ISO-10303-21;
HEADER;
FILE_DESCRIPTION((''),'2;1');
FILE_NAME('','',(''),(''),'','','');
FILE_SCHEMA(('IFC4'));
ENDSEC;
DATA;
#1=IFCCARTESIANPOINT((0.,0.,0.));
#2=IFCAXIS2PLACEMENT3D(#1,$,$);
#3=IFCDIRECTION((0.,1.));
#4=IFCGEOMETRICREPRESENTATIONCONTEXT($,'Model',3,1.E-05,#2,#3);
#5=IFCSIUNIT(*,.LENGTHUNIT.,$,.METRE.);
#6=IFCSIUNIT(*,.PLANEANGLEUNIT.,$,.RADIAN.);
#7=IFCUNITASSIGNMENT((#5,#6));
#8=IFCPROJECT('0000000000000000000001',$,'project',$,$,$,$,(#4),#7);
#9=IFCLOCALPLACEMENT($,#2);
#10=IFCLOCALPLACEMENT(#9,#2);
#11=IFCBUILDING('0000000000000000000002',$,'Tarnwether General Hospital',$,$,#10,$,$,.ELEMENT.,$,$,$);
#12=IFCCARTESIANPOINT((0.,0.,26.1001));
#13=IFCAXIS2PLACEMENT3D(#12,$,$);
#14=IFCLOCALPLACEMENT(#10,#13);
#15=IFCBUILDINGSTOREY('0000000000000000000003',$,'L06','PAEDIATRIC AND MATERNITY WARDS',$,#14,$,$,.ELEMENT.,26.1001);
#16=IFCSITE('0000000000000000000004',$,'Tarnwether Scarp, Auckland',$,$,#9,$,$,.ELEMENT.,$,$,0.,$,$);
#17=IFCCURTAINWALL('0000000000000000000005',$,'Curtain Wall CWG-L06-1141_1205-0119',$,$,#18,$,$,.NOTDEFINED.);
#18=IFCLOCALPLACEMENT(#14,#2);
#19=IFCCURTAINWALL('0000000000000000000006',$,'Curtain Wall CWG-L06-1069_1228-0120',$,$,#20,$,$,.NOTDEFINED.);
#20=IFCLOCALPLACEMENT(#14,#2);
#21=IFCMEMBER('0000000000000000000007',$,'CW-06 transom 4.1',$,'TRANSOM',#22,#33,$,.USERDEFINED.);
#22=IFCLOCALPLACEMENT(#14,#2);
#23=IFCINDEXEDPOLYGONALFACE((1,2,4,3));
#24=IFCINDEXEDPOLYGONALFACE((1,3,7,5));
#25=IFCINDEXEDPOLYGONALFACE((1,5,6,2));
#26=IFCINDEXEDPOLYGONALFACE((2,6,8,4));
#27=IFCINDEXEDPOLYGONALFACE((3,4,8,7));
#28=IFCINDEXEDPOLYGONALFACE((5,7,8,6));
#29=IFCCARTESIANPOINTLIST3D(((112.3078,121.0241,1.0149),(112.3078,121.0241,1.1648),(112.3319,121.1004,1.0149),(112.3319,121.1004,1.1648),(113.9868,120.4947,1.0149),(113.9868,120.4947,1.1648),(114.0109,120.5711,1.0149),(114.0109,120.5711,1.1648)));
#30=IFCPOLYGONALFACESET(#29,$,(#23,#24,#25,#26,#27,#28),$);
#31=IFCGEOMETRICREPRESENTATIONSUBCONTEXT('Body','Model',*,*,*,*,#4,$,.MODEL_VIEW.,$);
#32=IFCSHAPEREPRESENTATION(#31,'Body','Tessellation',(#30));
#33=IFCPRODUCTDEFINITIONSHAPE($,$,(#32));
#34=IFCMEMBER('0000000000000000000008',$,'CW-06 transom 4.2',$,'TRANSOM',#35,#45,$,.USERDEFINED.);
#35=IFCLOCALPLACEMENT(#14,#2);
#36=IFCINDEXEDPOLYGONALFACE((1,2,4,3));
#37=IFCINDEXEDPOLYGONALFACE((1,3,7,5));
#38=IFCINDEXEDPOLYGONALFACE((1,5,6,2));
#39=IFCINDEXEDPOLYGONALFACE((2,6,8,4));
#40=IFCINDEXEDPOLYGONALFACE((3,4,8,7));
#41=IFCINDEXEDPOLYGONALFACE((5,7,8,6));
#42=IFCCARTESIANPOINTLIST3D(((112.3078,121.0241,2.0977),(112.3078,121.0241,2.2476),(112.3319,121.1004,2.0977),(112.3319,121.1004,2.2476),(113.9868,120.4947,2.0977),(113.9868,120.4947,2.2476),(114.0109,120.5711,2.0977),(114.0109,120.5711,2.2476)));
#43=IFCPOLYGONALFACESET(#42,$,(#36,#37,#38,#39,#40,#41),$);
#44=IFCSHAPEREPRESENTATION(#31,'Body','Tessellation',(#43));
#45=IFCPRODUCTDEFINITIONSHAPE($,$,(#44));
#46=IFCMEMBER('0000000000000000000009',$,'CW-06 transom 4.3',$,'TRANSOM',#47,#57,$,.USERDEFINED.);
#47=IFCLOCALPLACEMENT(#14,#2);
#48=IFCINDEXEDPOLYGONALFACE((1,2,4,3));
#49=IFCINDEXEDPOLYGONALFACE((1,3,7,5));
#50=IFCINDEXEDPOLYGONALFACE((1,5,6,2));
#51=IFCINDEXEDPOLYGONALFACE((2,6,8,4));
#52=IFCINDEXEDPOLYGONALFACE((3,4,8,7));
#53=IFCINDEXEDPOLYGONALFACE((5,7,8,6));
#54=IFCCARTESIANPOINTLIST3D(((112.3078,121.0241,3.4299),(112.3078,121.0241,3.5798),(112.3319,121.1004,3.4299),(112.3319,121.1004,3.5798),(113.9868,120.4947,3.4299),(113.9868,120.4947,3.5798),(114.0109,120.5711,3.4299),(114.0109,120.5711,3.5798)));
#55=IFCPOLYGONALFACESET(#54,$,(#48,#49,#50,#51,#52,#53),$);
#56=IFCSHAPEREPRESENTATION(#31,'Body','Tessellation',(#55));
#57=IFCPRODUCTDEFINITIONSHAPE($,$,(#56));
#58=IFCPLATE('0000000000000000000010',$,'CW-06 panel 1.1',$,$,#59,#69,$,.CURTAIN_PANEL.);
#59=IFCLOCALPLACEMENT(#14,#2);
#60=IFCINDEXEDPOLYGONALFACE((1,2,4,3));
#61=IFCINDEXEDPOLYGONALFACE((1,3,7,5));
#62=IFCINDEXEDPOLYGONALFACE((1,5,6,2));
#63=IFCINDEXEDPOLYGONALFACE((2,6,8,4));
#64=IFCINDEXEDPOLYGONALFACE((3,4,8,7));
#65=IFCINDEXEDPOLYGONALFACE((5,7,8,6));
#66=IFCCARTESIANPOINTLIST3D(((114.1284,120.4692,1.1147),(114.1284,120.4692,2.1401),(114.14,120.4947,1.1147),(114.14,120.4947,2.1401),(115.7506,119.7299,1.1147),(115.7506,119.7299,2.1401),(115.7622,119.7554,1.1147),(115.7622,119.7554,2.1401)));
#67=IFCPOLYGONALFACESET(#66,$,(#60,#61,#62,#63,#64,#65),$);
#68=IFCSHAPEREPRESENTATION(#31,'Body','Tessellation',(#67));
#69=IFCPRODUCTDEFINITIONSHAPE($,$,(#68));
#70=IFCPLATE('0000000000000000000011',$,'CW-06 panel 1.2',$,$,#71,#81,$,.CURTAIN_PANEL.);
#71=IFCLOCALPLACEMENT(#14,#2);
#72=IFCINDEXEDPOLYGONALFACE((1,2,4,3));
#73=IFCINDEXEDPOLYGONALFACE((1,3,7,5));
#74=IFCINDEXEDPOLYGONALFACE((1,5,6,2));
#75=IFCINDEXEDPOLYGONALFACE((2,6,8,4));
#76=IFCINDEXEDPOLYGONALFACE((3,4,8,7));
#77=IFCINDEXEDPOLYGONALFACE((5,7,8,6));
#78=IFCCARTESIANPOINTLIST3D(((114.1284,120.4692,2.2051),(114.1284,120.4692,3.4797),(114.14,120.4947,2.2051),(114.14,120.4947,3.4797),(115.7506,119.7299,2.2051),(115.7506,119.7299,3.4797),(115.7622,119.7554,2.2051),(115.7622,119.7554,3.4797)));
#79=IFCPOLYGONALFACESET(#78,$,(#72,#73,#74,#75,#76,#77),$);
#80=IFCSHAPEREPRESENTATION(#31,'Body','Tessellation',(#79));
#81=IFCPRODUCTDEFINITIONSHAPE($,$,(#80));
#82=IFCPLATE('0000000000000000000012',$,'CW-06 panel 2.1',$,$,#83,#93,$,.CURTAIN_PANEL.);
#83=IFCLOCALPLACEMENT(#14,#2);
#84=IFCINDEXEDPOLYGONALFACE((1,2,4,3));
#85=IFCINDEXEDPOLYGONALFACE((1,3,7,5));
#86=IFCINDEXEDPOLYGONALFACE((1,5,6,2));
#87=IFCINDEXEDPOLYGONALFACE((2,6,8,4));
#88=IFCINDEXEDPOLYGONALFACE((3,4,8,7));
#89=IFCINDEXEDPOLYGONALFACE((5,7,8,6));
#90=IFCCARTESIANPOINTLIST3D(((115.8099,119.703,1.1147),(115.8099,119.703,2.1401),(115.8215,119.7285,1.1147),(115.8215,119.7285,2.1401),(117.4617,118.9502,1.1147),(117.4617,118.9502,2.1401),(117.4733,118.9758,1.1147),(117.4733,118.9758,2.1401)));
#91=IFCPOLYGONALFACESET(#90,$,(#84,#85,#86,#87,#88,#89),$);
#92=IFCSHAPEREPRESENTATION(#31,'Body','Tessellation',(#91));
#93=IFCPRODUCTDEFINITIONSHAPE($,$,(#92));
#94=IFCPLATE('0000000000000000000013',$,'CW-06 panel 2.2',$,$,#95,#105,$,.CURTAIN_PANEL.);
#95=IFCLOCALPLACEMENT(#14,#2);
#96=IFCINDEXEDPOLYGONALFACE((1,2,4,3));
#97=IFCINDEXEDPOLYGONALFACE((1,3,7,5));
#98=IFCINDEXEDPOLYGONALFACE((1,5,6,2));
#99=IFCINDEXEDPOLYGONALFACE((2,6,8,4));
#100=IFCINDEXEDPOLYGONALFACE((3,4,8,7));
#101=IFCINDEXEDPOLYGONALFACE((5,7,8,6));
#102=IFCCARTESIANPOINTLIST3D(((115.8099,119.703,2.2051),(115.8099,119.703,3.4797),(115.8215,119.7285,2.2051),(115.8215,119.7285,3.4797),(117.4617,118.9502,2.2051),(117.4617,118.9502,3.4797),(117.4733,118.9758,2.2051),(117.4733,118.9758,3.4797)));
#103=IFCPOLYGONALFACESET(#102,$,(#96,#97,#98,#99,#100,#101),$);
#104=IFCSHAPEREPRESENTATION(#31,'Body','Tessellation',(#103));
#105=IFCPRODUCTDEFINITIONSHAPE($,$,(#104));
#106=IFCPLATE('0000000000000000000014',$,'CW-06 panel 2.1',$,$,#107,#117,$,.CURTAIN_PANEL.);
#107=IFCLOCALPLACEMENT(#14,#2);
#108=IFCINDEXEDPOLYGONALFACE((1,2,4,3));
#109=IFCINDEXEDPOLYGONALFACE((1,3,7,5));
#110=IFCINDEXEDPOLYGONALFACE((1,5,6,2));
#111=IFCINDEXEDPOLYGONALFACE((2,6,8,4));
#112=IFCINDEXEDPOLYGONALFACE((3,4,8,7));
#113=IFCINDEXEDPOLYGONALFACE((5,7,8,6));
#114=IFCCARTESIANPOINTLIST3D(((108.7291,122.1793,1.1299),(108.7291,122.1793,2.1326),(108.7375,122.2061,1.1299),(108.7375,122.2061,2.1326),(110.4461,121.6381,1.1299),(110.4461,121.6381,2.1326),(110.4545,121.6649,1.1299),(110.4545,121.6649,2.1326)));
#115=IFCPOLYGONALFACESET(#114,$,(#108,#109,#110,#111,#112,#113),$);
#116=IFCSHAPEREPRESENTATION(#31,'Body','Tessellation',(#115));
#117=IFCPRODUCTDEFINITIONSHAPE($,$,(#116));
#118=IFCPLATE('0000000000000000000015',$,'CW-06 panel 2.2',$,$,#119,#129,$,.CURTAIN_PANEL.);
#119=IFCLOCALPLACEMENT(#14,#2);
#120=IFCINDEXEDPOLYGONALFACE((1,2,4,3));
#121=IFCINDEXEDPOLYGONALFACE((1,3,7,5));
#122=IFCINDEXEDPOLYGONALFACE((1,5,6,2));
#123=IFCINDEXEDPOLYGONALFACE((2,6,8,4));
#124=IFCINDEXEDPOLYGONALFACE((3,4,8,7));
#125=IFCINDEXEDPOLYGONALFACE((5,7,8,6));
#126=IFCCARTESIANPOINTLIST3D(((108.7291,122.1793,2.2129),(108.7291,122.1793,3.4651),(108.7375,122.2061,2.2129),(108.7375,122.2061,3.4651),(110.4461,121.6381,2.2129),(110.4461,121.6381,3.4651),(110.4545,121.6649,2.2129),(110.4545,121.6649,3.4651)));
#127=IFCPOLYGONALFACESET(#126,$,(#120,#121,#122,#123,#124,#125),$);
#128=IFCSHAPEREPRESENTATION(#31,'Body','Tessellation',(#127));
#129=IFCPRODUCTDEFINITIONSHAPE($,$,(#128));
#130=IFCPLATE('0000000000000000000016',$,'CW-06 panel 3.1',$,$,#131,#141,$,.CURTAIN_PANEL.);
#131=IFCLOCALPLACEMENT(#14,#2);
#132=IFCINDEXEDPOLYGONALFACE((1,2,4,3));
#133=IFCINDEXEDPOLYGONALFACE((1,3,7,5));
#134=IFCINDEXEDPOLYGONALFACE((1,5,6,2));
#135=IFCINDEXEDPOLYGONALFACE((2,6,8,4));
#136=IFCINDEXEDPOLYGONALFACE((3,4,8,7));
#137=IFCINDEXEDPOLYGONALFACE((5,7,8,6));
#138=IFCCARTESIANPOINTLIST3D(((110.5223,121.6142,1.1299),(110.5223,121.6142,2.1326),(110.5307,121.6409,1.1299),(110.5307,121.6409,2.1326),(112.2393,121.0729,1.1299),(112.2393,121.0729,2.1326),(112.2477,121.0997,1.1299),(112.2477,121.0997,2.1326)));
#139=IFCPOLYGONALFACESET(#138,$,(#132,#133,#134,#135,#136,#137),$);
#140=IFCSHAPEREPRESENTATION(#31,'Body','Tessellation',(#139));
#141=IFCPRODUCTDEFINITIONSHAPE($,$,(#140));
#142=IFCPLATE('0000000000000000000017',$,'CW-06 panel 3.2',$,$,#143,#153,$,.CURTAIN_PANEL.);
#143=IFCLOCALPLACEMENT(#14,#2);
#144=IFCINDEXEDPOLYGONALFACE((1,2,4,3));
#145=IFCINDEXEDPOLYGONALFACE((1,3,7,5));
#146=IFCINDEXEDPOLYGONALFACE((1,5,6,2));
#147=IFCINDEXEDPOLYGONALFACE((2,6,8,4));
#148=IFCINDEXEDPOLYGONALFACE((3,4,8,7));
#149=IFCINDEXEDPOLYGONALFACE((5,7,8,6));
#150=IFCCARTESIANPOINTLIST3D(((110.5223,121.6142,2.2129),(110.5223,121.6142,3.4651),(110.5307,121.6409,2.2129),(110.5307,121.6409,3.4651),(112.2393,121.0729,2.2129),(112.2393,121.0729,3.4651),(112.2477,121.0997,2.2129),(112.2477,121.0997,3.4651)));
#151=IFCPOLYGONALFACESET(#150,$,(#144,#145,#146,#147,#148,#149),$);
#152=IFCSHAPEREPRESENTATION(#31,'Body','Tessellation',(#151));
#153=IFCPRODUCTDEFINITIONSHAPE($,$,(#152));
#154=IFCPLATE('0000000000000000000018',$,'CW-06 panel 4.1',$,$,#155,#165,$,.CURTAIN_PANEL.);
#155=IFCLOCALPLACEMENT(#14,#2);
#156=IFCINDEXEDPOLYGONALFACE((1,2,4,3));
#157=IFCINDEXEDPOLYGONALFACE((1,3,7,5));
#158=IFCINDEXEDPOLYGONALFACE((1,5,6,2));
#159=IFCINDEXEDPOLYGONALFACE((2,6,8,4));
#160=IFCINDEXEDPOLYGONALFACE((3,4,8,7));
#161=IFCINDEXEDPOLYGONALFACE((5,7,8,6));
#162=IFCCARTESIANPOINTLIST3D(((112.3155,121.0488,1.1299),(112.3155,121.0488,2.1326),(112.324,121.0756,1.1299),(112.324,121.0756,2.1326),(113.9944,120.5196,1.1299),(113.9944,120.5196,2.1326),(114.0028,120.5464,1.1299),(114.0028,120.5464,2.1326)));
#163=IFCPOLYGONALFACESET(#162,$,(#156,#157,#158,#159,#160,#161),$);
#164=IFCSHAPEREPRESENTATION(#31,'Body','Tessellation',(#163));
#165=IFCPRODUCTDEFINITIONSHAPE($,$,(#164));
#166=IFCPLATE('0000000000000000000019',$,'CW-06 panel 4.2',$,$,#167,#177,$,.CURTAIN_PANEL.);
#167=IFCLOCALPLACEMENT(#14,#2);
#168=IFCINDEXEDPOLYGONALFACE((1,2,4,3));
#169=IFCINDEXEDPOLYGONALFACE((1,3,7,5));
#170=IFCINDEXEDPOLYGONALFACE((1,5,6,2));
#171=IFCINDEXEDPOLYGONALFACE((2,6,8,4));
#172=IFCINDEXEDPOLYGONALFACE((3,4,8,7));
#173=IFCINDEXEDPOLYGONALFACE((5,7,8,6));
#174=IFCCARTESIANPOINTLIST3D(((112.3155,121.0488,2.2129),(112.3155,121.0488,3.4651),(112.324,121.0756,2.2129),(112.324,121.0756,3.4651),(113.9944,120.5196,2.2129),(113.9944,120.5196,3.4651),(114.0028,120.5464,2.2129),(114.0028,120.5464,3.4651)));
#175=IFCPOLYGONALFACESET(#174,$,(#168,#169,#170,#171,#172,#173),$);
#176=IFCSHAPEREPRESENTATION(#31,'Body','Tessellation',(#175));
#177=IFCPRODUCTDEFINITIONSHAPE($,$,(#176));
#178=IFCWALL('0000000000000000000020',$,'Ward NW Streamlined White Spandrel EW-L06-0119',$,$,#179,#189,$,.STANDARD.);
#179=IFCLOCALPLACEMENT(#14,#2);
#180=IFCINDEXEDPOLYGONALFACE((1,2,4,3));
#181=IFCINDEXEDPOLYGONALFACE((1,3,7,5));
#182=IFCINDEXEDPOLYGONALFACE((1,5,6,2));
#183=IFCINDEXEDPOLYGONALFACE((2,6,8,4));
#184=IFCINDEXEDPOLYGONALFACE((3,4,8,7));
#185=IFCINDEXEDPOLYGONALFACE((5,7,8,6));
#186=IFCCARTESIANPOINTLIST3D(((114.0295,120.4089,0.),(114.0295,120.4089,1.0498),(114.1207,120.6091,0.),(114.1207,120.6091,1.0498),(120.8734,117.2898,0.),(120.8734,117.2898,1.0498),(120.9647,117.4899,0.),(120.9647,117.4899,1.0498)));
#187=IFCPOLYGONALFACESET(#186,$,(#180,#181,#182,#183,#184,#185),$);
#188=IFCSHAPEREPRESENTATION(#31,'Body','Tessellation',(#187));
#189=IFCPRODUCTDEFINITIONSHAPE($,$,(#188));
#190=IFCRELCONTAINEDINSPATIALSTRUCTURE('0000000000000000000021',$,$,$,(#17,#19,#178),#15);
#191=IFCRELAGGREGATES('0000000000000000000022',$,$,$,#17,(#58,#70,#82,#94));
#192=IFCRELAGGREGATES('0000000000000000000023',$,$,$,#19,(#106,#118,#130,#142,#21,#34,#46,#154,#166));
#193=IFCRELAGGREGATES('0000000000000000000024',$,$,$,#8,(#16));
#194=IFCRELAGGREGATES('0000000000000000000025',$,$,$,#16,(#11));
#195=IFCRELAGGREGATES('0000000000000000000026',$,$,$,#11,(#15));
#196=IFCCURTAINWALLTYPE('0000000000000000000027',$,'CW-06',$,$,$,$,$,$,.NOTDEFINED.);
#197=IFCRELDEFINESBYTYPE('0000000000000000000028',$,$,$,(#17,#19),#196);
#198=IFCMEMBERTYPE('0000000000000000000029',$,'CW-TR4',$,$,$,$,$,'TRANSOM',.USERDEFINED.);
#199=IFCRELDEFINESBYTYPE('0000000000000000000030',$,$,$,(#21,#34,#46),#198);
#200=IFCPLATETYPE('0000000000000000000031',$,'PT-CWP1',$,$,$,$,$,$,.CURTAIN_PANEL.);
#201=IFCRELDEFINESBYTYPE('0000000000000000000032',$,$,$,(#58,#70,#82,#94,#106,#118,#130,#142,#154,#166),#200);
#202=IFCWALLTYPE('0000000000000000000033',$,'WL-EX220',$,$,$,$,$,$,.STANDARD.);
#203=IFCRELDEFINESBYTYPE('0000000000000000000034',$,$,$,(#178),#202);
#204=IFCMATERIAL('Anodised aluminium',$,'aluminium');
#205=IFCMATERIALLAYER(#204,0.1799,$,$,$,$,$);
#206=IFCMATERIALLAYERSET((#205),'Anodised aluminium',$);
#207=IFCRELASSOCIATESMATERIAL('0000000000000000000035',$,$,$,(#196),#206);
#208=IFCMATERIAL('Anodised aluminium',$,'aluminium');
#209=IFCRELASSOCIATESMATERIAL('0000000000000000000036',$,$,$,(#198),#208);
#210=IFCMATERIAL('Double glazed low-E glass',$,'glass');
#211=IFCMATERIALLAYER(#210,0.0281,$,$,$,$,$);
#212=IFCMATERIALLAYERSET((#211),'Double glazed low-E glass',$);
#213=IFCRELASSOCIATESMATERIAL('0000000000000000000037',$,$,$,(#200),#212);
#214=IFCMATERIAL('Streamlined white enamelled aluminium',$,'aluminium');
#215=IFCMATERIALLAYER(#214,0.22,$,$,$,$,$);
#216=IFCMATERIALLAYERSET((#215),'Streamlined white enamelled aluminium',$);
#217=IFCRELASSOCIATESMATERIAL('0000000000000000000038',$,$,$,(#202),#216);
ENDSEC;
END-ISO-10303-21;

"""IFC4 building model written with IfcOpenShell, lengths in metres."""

from ifc_helpers import new_model, si_unit, direction, frame, frame_2d, origin, origin_2d, place, context, subcontext, project, spatial, rectangle, extrude, material, layer, layer_set, material_profile, profile_set, type_object, element, aggregate, save


model = new_model("IFC4")

# Units and contexts
model_context = context("Model", 3, precision=1e-05, world=origin(), true_north=direction((0.0, 1.0)))
body_context = subcontext(model_context, "Body", "Model", "MODEL_VIEW")
ifc_project = project(units=[si_unit("LENGTHUNIT", "METRE"), si_unit("PLANEANGLEUNIT", "RADIAN")], contexts=[model_context])

# Site, building, storey
site_placement = place(None, origin())
site = spatial("IfcSite", under=ifc_project, at=site_placement, Name="Tarnwether Scarp, Auckland", CompositionType="ELEMENT", RefElevation=0.0)
building_placement = place(site_placement, origin())
building = spatial("IfcBuilding", under=site, at=building_placement, Name="Tarnwether General Hospital", CompositionType="ELEMENT")
storey_placement = place(building_placement, frame((0.0, 0.0, 26.1001)))
storey = spatial("IfcBuildingStorey", under=building, at=storey_placement, Name="L06", Description="PAEDIATRIC AND MATERNITY WARDS", CompositionType="ELEMENT", Elevation=26.1001)

# Curtain walls
ifc_material_1 = material(Name="Anodised aluminium", Category="aluminium")
ifc_layer_1 = layer(ifc_material_1, 0.1799)
ifc_layer_set_1 = layer_set([ifc_layer_1], Name="Anodised aluminium")
curtain_wall_type = type_object("IfcCurtainWallType", Name="CW-06", PredefinedType="NOTDEFINED", material=ifc_layer_set_1)
curtain_wall_1_placement = place(storey_placement, origin())
curtain_wall_1 = element("IfcCurtainWall", 1, at=curtain_wall_1_placement, inside=storey, type_object=curtain_wall_type, Name="Curtain Wall CWG-L06-1141_1205-0119", PredefinedType="NOTDEFINED")
curtain_wall_2_placement = place(storey_placement, origin())
curtain_wall_2 = element("IfcCurtainWall", 2, at=curtain_wall_2_placement, inside=storey, type_object=curtain_wall_type, Name="Curtain Wall CWG-L06-1069_1228-0120", PredefinedType="NOTDEFINED")

# Members
ifc_material_2 = material(Name="Anodised aluminium", Category="aluminium")
ifc_material_profile_1 = material_profile(ifc_material_2, rectangle(XDim=0.0801, YDim=0.1499, at=origin_2d()), Name="ALU-TRN-80x150")
ifc_profile_set_1 = profile_set([ifc_material_profile_1], Name="Anodised aluminium")
member_type_1 = type_object("IfcMemberType", Name="CW-TR4", ElementType="TRANSOM", PredefinedType="USERDEFINED", material=ifc_profile_set_1)
member_1_placement = place(storey_placement, frame((112.3198, 121.0623, 1.0898), z_axis=(0.953729, -0.300667, 0.0), x_axis=(0.300667, 0.953729, 0.0)))
member_1 = element("IfcMember", 3, at=member_1_placement, type_object=member_type_1, Name="CW-06 transom 4.1", ObjectType="TRANSOM", PredefinedType="USERDEFINED", context=body_context, shape_type="SweptSolid", body=[
    extrude(rectangle(XDim=0.0801, YDim=0.1499, at=origin_2d()), origin(), (0.0, 0.0, 1.0), 1.7605),
])
member_2_placement = place(storey_placement, frame((112.3198, 121.0623, 2.1726), z_axis=(0.953729, -0.300667, 0.0), x_axis=(0.300667, 0.953729, 0.0)))
member_2 = element("IfcMember", 4, at=member_2_placement, type_object=member_type_1, Name="CW-06 transom 4.2", ObjectType="TRANSOM", PredefinedType="USERDEFINED", context=body_context, shape_type="SweptSolid", body=[
    extrude(rectangle(XDim=0.0801, YDim=0.1499, at=origin_2d()), origin(), (0.0, 0.0, 1.0), 1.7605),
])
member_3_placement = place(storey_placement, frame((112.3198, 121.0623, 3.5049), z_axis=(0.953729, -0.300667, 0.0), x_axis=(0.300667, 0.953729, 0.0)))
member_3 = element("IfcMember", 5, at=member_3_placement, type_object=member_type_1, Name="CW-06 transom 4.3", ObjectType="TRANSOM", PredefinedType="USERDEFINED", context=body_context, shape_type="SweptSolid", body=[
    extrude(rectangle(XDim=0.0801, YDim=0.1499, at=origin_2d()), origin(), (0.0, 0.0, 1.0), 1.7605),
])

# Plates
ifc_material_3 = material(Name="Double glazed low-E glass", Category="glass")
ifc_layer_2 = layer(ifc_material_3, 0.0281)
ifc_layer_set_2 = layer_set([ifc_layer_2], Name="Double glazed low-E glass")
plate_type = type_object("IfcPlateType", Name="PT-CWP1", PredefinedType="CURTAIN_PANEL", material=ifc_layer_set_2)
plate_1_placement = place(storey_placement, frame((114.9453, 120.1123, 1.1147), z_axis=(0.0, 0.0, 1.0), x_axis=(0.909961, -0.414694, 0.0)))
plate_1 = element("IfcPlate", 6, at=plate_1_placement, type_object=plate_type, Name="CW-06 panel 1.1", PredefinedType="CURTAIN_PANEL", context=body_context, shape_type="SweptSolid", body=[
    extrude(rectangle(XDim=1.7827, YDim=0.0281, at=origin_2d()), origin(), (0.0, 0.0, 1.0), 1.0254),
])
plate_2_placement = place(storey_placement, frame((114.9453, 120.1123, 2.2051), z_axis=(0.0, 0.0, 1.0), x_axis=(0.909961, -0.414694, 0.0)))
plate_2 = element("IfcPlate", 7, at=plate_2_placement, type_object=plate_type, Name="CW-06 panel 1.2", PredefinedType="CURTAIN_PANEL", context=body_context, shape_type="SweptSolid", body=[
    extrude(rectangle(XDim=1.7827, YDim=0.0281, at=origin_2d()), origin(), (0.0, 0.0, 1.0), 1.2747),
])
plate_3_placement = place(storey_placement, frame((116.6416, 119.3394, 1.1147), z_axis=(0.0, 0.0, 1.0), x_axis=(0.909961, -0.414694, 0.0)))
plate_3 = element("IfcPlate", 8, at=plate_3_placement, type_object=plate_type, Name="CW-06 panel 2.1", PredefinedType="CURTAIN_PANEL", context=body_context, shape_type="SweptSolid", body=[
    extrude(rectangle(XDim=1.8152, YDim=0.0281, at=origin_2d()), origin(), (0.0, 0.0, 1.0), 1.0254),
])
plate_4_placement = place(storey_placement, frame((116.6416, 119.3394, 2.2051), z_axis=(0.0, 0.0, 1.0), x_axis=(0.909961, -0.414694, 0.0)))
plate_4 = element("IfcPlate", 9, at=plate_4_placement, type_object=plate_type, Name="CW-06 panel 2.2", PredefinedType="CURTAIN_PANEL", context=body_context, shape_type="SweptSolid", body=[
    extrude(rectangle(XDim=1.8152, YDim=0.0281, at=origin_2d()), origin(), (0.0, 0.0, 1.0), 1.2747),
])
aggregate(curtain_wall_1, [plate_1, plate_2, plate_3, plate_4])
plate_5_placement = place(storey_placement, frame((109.5918, 121.9221, 1.1299), z_axis=(0.0, 0.0, 1.0), x_axis=(0.953741, -0.300629, 0.0)))
plate_5 = element("IfcPlate", 10, at=plate_5_placement, type_object=plate_type, Name="CW-06 panel 2.1", PredefinedType="CURTAIN_PANEL", context=body_context, shape_type="SweptSolid", body=[
    extrude(rectangle(XDim=1.8003, YDim=0.0281, at=origin_2d()), origin(), (0.0, 0.0, 1.0), 1.0027),
])
plate_6_placement = place(storey_placement, frame((109.5918, 121.9221, 2.2129), z_axis=(0.0, 0.0, 1.0), x_axis=(0.953741, -0.300629, 0.0)))
plate_6 = element("IfcPlate", 11, at=plate_6_placement, type_object=plate_type, Name="CW-06 panel 2.2", PredefinedType="CURTAIN_PANEL", context=body_context, shape_type="SweptSolid", body=[
    extrude(rectangle(XDim=1.8003, YDim=0.0281, at=origin_2d()), origin(), (0.0, 0.0, 1.0), 1.2522),
])
plate_7_placement = place(storey_placement, frame((111.385, 121.3569, 1.1299), z_axis=(0.0, 0.0, 1.0), x_axis=(0.953741, -0.300629, 0.0)))
plate_7 = element("IfcPlate", 12, at=plate_7_placement, type_object=plate_type, Name="CW-06 panel 3.1", PredefinedType="CURTAIN_PANEL", context=body_context, shape_type="SweptSolid", body=[
    extrude(rectangle(XDim=1.8003, YDim=0.0281, at=origin_2d()), origin(), (0.0, 0.0, 1.0), 1.0027),
])
plate_8_placement = place(storey_placement, frame((111.385, 121.3569, 2.2129), z_axis=(0.0, 0.0, 1.0), x_axis=(0.953741, -0.300629, 0.0)))
plate_8 = element("IfcPlate", 13, at=plate_8_placement, type_object=plate_type, Name="CW-06 panel 3.2", PredefinedType="CURTAIN_PANEL", context=body_context, shape_type="SweptSolid", body=[
    extrude(rectangle(XDim=1.8003, YDim=0.0281, at=origin_2d()), origin(), (0.0, 0.0, 1.0), 1.2522),
])
plate_9_placement = place(storey_placement, frame((113.1592, 120.7976, 1.1299), z_axis=(0.0, 0.0, 1.0), x_axis=(0.953741, -0.300629, 0.0)))
plate_9 = element("IfcPlate", 14, at=plate_9_placement, type_object=plate_type, Name="CW-06 panel 4.1", PredefinedType="CURTAIN_PANEL", context=body_context, shape_type="SweptSolid", body=[
    extrude(rectangle(XDim=1.7603, YDim=0.0281, at=origin_2d()), origin(), (0.0, 0.0, 1.0), 1.0027),
])
plate_10_placement = place(storey_placement, frame((113.1592, 120.7976, 2.2129), z_axis=(0.0, 0.0, 1.0), x_axis=(0.953741, -0.300629, 0.0)))
plate_10 = element("IfcPlate", 15, at=plate_10_placement, type_object=plate_type, Name="CW-06 panel 4.2", PredefinedType="CURTAIN_PANEL", context=body_context, shape_type="SweptSolid", body=[
    extrude(rectangle(XDim=1.7603, YDim=0.0281, at=origin_2d()), origin(), (0.0, 0.0, 1.0), 1.2522),
])
aggregate(curtain_wall_2, [plate_5, plate_6, plate_7, plate_8, member_1, member_2, member_3, plate_9, plate_10])

# Wall
ifc_material_4 = material(Name="Streamlined white enamelled aluminium", Category="aluminium")
ifc_layer_3 = layer(ifc_material_4, 0.22)
ifc_layer_set_3 = layer_set([ifc_layer_3], Name="Streamlined white enamelled aluminium")
wall_type = type_object("IfcWallType", Name="WL-EX220", PredefinedType="STANDARD", material=ifc_layer_set_3)
wall_placement = place(storey_placement, frame((114.075, 120.509, 0.0), z_axis=(0.0, 0.0, 1.0), x_axis=(0.909954, -0.41471, 0.0)))
element("IfcWall", 16, at=wall_placement, inside=storey, type_object=wall_type, Name="Ward NW Streamlined White Spandrel EW-L06-0119", PredefinedType="STANDARD", context=body_context, shape_type="SweptSolid", body=[
    extrude(rectangle(XDim=7.5212, YDim=0.22, at=frame_2d((3.7607, 0.0))), origin(), (0.0, 0.0, 1.0), 1.0498),
])

save(model, "model.ifc")
